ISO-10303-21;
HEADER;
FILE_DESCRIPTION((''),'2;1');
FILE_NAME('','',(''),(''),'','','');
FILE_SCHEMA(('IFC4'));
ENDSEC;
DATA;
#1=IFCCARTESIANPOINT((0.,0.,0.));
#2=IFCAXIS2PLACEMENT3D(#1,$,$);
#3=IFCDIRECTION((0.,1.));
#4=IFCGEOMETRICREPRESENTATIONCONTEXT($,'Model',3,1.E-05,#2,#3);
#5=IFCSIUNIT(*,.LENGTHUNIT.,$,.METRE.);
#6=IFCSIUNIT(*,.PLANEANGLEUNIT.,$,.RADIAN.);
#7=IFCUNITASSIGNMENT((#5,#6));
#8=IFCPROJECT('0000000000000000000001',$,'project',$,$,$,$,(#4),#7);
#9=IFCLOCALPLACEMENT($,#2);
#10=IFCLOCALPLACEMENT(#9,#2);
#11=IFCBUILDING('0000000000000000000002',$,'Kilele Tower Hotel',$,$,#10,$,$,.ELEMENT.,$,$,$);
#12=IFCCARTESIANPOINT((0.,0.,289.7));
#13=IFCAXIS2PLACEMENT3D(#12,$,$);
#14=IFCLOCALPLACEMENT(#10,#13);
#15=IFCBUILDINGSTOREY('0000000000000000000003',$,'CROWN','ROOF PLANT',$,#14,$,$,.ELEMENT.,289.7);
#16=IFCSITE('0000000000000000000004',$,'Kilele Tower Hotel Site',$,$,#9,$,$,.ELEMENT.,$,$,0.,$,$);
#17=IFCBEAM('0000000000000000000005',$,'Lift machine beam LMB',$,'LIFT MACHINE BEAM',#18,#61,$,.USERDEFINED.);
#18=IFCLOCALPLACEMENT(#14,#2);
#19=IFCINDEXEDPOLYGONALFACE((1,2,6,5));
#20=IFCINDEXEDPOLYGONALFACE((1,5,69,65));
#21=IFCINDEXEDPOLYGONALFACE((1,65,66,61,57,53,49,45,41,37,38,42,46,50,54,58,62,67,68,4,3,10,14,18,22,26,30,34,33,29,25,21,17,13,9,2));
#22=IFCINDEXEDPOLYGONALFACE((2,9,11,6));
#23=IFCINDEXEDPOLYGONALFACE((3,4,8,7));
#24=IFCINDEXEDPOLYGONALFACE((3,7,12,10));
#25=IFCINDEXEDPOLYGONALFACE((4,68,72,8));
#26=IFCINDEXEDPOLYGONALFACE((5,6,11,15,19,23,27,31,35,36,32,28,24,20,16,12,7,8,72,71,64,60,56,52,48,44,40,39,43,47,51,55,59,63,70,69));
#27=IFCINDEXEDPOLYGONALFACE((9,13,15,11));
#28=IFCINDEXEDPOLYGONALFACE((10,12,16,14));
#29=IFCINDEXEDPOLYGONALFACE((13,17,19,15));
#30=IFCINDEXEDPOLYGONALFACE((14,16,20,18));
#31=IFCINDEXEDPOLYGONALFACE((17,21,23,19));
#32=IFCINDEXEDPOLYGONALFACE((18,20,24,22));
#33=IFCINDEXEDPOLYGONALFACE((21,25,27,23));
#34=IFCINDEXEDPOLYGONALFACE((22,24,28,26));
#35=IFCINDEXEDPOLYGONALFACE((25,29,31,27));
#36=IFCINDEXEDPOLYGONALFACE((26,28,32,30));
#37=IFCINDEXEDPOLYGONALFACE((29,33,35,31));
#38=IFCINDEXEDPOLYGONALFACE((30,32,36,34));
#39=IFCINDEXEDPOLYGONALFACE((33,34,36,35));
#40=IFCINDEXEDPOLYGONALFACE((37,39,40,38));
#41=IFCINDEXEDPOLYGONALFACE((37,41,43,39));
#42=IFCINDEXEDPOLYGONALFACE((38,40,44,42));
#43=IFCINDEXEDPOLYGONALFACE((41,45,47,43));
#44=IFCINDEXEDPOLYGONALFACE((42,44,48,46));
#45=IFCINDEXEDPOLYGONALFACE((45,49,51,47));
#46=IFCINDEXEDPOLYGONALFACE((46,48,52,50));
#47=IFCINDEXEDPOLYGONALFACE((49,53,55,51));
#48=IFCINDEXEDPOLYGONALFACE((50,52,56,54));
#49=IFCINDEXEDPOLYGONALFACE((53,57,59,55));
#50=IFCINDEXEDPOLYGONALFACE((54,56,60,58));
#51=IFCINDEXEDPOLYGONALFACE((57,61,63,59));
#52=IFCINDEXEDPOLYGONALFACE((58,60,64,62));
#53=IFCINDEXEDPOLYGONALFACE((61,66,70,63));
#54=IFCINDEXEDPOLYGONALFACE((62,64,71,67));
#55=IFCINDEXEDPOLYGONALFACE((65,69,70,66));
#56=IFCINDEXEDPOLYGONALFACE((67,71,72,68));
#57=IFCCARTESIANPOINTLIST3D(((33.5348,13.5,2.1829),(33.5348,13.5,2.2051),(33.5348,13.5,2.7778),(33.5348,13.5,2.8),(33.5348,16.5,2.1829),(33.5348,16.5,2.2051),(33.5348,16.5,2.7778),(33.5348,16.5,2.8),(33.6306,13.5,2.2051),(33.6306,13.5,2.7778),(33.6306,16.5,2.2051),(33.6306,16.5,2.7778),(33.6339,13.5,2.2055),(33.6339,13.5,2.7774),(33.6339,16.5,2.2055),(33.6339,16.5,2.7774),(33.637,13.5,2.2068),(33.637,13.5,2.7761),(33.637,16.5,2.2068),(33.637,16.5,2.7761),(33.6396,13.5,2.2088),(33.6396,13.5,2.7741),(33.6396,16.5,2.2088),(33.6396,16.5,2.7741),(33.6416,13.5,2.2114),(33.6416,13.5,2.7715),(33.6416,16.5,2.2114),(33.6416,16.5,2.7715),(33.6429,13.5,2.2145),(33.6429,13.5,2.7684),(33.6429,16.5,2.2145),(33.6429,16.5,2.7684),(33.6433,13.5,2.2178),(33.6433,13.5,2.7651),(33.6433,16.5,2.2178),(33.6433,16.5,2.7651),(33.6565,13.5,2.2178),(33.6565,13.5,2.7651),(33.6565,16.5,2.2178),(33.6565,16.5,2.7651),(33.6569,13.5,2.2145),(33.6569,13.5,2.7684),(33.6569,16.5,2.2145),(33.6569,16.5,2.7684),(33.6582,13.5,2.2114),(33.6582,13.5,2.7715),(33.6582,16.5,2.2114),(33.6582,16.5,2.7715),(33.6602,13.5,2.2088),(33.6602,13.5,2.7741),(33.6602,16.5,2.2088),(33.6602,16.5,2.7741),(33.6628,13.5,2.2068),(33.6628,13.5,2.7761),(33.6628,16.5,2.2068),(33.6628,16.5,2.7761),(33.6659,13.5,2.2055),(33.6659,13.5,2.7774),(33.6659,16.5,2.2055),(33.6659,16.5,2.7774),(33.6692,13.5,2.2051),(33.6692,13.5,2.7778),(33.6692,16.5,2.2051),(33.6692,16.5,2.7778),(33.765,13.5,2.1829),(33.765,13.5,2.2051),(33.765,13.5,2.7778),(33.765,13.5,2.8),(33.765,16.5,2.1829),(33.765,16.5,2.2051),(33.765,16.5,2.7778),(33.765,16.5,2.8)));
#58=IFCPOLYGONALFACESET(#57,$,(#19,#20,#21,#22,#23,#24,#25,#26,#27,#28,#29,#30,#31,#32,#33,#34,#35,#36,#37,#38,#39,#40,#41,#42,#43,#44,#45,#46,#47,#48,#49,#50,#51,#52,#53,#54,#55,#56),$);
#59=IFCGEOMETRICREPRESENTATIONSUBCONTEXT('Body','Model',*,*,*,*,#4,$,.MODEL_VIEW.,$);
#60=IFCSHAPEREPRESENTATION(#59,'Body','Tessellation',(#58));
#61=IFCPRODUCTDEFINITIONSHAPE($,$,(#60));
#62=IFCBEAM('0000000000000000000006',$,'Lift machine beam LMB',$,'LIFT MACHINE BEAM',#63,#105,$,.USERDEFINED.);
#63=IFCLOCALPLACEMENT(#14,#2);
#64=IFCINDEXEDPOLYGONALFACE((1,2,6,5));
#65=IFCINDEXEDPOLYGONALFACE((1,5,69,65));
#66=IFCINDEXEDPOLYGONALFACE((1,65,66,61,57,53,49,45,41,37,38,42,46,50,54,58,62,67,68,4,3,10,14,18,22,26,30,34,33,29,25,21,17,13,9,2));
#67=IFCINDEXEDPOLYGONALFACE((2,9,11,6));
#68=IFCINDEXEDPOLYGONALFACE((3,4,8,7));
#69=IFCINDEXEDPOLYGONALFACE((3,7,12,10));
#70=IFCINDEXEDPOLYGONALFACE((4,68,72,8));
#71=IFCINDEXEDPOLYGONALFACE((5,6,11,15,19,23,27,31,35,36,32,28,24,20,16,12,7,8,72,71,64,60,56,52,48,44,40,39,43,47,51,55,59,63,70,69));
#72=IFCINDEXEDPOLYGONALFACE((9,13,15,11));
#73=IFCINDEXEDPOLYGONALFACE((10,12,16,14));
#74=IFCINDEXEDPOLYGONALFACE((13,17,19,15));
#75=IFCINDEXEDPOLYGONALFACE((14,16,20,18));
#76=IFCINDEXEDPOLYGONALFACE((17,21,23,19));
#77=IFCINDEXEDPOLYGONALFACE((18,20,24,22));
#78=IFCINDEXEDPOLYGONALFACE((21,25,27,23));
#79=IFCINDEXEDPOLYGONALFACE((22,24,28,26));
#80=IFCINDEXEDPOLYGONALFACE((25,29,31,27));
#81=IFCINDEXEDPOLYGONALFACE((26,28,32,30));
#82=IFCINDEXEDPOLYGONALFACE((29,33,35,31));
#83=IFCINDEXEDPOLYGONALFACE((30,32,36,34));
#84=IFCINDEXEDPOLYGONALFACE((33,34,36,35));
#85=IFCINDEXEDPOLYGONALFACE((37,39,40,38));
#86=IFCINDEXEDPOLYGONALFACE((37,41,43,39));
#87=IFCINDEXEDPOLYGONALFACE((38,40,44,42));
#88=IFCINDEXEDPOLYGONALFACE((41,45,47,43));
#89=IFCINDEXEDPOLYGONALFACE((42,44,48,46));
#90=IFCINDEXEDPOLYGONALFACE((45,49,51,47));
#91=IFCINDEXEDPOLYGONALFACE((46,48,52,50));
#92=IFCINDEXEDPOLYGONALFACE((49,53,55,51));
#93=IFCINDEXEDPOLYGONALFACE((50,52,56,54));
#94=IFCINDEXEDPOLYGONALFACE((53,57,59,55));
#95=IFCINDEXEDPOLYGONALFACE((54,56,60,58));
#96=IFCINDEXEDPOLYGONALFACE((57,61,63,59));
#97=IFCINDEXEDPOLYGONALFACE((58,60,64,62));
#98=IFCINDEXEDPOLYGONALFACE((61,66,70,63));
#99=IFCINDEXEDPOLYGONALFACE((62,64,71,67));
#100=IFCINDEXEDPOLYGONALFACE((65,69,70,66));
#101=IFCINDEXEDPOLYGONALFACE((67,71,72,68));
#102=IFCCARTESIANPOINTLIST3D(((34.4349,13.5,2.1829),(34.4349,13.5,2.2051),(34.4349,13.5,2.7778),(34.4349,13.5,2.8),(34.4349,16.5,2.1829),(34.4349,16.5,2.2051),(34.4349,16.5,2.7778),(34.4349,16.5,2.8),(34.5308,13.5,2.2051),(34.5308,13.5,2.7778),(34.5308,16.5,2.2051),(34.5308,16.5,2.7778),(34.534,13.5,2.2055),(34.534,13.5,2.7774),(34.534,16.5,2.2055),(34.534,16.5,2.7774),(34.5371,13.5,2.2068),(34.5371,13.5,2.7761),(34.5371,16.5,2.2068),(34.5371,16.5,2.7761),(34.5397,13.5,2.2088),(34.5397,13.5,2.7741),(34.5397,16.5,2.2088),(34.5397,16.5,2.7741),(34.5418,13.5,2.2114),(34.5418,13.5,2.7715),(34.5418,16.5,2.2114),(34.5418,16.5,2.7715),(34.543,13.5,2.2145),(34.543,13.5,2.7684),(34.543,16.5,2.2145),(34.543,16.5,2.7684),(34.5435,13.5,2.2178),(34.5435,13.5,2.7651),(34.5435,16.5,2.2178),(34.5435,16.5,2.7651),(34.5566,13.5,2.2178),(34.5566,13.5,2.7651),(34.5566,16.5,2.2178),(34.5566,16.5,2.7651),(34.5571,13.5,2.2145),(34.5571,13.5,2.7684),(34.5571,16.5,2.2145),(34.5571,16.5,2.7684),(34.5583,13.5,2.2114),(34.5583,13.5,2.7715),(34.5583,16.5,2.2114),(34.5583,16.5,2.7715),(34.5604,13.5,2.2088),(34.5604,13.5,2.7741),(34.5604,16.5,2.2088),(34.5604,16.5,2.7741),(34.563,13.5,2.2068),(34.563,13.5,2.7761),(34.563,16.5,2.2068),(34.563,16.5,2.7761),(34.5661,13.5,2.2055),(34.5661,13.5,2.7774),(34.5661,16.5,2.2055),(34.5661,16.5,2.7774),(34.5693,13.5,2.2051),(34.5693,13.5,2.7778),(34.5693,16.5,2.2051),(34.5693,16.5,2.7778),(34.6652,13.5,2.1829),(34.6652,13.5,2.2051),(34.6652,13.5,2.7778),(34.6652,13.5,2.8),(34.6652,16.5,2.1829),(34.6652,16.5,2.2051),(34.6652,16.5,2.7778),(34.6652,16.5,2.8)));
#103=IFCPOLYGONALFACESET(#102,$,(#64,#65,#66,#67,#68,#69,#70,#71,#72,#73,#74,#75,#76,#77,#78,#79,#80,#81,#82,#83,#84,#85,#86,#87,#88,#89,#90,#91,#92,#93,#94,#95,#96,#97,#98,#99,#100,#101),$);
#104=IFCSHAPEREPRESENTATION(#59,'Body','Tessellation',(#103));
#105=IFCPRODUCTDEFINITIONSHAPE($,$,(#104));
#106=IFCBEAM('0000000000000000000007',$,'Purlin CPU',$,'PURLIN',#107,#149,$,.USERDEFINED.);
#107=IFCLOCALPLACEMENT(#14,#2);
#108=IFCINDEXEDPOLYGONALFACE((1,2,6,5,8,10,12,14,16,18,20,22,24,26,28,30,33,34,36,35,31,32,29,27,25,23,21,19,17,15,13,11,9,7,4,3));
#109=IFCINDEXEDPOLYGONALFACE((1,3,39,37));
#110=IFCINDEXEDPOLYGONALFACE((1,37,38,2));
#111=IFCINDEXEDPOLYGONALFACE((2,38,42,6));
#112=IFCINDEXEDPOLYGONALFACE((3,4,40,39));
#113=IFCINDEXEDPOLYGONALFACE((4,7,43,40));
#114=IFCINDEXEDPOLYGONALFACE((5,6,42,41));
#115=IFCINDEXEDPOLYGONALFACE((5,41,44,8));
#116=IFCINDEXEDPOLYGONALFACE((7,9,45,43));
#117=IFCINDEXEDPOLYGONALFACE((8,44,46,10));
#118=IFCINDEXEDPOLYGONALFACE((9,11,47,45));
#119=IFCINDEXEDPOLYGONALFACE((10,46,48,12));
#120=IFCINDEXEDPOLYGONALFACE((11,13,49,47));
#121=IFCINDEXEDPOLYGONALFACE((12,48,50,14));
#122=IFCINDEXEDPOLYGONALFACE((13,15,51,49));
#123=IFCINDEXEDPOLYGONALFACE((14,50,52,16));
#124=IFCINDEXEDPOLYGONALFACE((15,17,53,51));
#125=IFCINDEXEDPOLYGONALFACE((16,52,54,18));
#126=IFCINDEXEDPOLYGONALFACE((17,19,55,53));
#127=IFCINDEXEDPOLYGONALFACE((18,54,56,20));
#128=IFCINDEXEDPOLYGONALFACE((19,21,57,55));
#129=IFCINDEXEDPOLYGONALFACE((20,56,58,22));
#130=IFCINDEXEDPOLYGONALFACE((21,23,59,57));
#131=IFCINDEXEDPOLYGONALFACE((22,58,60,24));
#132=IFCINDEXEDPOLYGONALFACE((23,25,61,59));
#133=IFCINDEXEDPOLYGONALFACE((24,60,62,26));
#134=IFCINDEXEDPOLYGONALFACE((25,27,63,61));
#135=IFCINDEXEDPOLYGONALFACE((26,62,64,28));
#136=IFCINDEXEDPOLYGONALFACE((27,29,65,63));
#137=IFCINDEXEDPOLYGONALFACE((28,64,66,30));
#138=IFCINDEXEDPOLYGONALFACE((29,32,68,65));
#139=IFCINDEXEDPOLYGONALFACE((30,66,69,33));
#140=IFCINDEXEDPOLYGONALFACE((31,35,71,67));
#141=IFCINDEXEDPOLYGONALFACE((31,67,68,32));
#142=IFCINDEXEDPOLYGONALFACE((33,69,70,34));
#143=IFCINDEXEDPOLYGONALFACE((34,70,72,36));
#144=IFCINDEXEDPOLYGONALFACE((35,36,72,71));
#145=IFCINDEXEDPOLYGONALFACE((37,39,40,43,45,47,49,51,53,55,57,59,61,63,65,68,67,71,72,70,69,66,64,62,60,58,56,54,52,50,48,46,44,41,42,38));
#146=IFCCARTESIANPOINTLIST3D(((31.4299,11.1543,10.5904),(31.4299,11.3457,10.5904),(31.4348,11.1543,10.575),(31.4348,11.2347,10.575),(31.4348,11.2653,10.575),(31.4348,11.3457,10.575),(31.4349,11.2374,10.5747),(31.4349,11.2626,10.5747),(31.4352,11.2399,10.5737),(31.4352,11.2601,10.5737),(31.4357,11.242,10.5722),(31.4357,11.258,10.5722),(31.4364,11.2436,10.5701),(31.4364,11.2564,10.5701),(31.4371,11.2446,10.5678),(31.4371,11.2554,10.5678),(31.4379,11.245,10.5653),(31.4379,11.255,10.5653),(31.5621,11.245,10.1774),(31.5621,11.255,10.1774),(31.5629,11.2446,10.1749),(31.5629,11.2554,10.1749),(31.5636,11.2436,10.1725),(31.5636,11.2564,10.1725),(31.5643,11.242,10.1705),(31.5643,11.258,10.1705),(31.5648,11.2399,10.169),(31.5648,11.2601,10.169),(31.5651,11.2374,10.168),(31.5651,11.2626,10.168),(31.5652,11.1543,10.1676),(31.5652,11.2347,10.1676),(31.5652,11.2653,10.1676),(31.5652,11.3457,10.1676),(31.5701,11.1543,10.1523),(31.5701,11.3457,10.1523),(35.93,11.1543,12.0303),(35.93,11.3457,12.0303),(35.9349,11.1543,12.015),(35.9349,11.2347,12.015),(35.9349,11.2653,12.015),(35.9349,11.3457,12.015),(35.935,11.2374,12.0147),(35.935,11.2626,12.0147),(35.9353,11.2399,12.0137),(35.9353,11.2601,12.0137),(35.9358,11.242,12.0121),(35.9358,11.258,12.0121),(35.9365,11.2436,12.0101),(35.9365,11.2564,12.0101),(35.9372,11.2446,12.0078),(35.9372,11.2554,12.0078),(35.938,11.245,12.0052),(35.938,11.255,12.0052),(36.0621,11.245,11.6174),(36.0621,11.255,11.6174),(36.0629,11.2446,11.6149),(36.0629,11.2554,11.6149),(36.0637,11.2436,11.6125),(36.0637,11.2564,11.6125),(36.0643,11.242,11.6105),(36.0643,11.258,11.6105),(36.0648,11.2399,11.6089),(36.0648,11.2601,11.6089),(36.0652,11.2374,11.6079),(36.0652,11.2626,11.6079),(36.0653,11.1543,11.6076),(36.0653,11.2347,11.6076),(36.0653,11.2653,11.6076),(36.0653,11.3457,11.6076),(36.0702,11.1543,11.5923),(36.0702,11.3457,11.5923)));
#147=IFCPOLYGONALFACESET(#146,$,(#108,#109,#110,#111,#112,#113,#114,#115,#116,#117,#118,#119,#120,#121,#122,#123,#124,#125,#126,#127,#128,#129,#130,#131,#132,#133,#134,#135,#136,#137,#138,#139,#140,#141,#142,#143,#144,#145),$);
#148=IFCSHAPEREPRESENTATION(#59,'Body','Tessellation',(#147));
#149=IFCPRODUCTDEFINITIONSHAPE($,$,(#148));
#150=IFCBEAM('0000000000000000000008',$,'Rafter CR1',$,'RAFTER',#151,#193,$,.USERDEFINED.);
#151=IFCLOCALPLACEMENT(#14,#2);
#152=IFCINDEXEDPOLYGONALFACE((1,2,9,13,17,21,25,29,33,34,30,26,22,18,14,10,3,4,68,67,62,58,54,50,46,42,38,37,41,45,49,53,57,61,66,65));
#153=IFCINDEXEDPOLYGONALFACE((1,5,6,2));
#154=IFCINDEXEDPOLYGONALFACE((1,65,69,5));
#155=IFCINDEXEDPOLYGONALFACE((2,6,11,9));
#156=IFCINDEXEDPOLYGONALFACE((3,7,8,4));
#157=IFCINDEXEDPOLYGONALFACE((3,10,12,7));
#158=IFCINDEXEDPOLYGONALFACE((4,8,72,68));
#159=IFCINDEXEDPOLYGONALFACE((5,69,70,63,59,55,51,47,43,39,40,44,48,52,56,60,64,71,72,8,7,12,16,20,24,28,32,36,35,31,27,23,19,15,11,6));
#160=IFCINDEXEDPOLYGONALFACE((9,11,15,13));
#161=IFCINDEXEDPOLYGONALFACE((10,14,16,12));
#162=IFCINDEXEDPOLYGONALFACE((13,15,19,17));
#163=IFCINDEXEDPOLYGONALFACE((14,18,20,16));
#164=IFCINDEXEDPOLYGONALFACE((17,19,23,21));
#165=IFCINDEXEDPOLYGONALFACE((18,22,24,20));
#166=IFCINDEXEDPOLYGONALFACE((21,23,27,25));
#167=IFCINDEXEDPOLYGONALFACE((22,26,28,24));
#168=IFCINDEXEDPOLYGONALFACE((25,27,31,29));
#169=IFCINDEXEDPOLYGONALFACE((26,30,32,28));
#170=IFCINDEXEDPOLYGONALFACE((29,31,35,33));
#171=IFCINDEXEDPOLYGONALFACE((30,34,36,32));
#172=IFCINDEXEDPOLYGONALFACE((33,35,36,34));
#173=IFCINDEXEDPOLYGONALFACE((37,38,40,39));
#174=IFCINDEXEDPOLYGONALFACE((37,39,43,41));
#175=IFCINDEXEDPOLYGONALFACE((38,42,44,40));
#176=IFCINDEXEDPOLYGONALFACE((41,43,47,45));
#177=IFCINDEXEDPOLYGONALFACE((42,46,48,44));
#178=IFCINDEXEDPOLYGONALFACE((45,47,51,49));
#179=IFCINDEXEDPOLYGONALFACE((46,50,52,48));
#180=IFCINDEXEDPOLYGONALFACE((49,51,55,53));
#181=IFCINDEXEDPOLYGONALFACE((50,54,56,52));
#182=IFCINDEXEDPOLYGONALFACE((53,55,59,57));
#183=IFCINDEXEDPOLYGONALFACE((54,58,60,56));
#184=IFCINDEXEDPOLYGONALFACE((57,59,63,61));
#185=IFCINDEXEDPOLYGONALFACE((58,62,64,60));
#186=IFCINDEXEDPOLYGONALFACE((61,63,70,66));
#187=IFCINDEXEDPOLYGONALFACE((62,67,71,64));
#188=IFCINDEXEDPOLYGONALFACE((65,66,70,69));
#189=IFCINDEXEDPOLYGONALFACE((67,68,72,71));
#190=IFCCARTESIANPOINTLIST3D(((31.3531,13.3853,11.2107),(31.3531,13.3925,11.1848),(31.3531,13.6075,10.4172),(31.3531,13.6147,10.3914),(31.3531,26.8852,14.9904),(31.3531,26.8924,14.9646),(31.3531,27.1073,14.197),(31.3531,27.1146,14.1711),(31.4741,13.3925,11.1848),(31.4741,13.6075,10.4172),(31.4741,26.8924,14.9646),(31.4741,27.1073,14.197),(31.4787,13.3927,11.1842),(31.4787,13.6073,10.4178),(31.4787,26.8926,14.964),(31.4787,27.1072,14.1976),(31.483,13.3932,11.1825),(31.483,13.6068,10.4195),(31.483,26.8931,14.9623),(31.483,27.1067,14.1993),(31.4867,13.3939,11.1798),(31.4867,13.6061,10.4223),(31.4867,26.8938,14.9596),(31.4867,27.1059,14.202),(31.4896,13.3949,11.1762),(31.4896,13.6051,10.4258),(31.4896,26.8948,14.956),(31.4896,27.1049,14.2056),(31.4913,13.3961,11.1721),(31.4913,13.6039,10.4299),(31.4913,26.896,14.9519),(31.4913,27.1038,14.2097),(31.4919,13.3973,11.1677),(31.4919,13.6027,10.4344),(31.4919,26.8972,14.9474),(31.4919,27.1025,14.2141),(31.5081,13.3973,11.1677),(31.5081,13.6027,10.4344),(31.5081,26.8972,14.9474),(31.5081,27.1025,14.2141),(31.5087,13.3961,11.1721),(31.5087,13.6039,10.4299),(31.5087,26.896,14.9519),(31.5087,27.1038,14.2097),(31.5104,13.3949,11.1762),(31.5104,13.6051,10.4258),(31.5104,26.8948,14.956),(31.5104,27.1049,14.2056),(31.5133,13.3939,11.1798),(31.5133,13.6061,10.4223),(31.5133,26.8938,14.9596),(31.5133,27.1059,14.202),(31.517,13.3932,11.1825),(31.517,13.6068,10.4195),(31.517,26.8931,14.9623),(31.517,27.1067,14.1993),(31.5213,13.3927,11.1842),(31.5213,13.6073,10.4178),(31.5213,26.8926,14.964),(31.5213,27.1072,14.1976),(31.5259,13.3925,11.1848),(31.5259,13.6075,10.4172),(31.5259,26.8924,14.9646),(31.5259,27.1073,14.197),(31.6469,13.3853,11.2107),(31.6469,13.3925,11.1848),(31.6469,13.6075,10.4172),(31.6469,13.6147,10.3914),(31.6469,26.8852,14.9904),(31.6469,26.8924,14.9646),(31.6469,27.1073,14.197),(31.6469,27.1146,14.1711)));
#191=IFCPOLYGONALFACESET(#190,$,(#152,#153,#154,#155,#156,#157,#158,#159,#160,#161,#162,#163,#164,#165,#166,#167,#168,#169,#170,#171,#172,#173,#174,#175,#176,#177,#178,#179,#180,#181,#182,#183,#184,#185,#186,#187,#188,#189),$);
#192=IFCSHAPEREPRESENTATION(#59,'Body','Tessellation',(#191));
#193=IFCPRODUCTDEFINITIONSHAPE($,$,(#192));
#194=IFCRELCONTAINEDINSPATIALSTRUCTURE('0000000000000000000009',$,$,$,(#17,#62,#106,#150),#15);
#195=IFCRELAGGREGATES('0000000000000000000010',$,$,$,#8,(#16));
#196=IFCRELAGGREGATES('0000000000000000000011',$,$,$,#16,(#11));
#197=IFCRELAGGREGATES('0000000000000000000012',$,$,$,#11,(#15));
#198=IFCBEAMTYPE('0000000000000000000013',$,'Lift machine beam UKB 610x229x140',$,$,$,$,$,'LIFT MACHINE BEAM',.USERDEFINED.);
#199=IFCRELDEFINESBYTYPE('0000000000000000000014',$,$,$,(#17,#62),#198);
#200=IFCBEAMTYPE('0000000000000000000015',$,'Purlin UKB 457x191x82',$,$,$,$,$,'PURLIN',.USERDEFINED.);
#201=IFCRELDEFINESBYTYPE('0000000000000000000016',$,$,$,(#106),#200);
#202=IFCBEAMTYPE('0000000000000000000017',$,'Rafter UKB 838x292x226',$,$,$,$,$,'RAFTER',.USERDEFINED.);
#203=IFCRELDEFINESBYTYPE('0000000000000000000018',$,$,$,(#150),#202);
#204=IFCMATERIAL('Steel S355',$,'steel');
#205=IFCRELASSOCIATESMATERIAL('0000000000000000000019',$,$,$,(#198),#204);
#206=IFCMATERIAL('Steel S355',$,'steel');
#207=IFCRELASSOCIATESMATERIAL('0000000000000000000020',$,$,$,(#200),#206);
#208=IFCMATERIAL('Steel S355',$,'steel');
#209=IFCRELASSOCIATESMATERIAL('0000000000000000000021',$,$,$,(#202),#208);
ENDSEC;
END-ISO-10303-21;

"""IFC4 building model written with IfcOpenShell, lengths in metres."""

from ifc_helpers import new_model, si_unit, direction, frame, origin, origin_2d, place, context, subcontext, project, spatial, i_section, extrude, material, material_profile, profile_set, type_object, element, save


model = new_model("IFC4")

# Units and contexts
model_context = context("Model", 3, precision=1e-05, world=origin(), true_north=direction((0.0, 1.0)))
body_context = subcontext(model_context, "Body", "Model", "MODEL_VIEW")
ifc_project = project(units=[si_unit("LENGTHUNIT", "METRE"), si_unit("PLANEANGLEUNIT", "RADIAN")], contexts=[model_context])

# Site, building, storey
site_placement = place(None, origin())
site = spatial("IfcSite", under=ifc_project, at=site_placement, Name="Kilele Tower Hotel Site", CompositionType="ELEMENT", RefElevation=0.0)
building_placement = place(site_placement, origin())
building = spatial("IfcBuilding", under=site, at=building_placement, Name="Kilele Tower Hotel", CompositionType="ELEMENT")
storey_placement = place(building_placement, frame((0.0, 0.0, 289.7)))
storey = spatial("IfcBuildingStorey", under=building, at=storey_placement, Name="CROWN", Description="ROOF PLANT", CompositionType="ELEMENT", Elevation=289.7)

# Beams
ifc_material_1 = material(Name="Steel S355", Category="steel")
ifc_material_profile_1 = material_profile(ifc_material_1, i_section(OverallWidth=0.2302, OverallDepth=0.6172, WebThickness=0.0132, FlangeThickness=0.0222, FilletRadius=0.0127, at=origin_2d()))
ifc_profile_set_1 = profile_set([ifc_material_profile_1], Name="Steel S355")
beam_type_1 = type_object("IfcBeamType", Name="Lift machine beam UKB 610x229x140", ElementType="LIFT MACHINE BEAM", PredefinedType="USERDEFINED", material=ifc_profile_set_1)
for number, where, z_axis, x_axis, name in (
    (1, (33.6499, 13.5, 2.4915), (0.0, 1.0, 0.0), (-1.0, 0.0, 0.0), "Lift machine beam LMB"),
    (2, (34.55, 13.5, 2.4915), (0.0, 1.0, 0.0), (-1.0, 0.0, 0.0), "Lift machine beam LMB"),
):
    element("IfcBeam", number, at=place(storey_placement, frame(where, z_axis=z_axis, x_axis=x_axis)), inside=storey, type_object=beam_type_1, Name=name, ObjectType="LIFT MACHINE BEAM", PredefinedType="USERDEFINED", context=body_context, shape_type="SweptSolid", body=[
        extrude(i_section(OverallWidth=0.2302, OverallDepth=0.6172, WebThickness=0.0132, FlangeThickness=0.0222, FilletRadius=0.0127, at=origin_2d()), origin(), (0.0, 0.0, 1.0), 3.0),
    ])
ifc_material_2 = material(Name="Steel S355", Category="steel")
ifc_material_profile_2 = material_profile(ifc_material_2, i_section(OverallWidth=0.1914, OverallDepth=0.46, WebThickness=0.01, FlangeThickness=0.0161, FilletRadius=0.0103, at=origin_2d()))
ifc_profile_set_2 = profile_set([ifc_material_profile_2], Name="Steel S355")
beam_type_2 = type_object("IfcBeamType", Name="Purlin UKB 457x191x82", ElementType="PURLIN", PredefinedType="USERDEFINED", material=ifc_profile_set_2)
beam_1_placement = place(storey_placement, frame((31.5, 11.25, 10.3713), z_axis=(0.952428, 0.0, 0.304764), x_axis=(0.0, 1.0, 0.0)))
element("IfcBeam", 3, at=beam_1_placement, inside=storey, type_object=beam_type_2, Name="Purlin CPU", ObjectType="PURLIN", PredefinedType="USERDEFINED", context=body_context, shape_type="SweptSolid", body=[
    extrude(i_section(OverallWidth=0.1914, OverallDepth=0.46, WebThickness=0.01, FlangeThickness=0.0161, FilletRadius=0.0103, at=origin_2d()), origin(), (0.0, 0.0, 1.0), 4.7249),
])
ifc_material_3 = material(Name="Steel S355", Category="steel")
ifc_material_profile_3 = material_profile(ifc_material_3, i_section(OverallWidth=0.2937, OverallDepth=0.8508, WebThickness=0.0161, FlangeThickness=0.0269, FilletRadius=0.0178, at=origin_2d()))
ifc_profile_set_3 = profile_set([ifc_material_profile_3], Name="Steel S355")
beam_type_3 = type_object("IfcBeamType", Name="Rafter UKB 838x292x226", ElementType="RAFTER", PredefinedType="USERDEFINED", material=ifc_profile_set_3)
beam_2_placement = place(storey_placement, frame((31.5, 13.5, 10.801), z_axis=(0.0, 0.962968, 0.269616), x_axis=(-1.0, 0.0, 0.0)))
element("IfcBeam", 4, at=beam_2_placement, inside=storey, type_object=beam_type_3, Name="Rafter CR1", ObjectType="RAFTER", PredefinedType="USERDEFINED", context=body_context, shape_type="SweptSolid", body=[
    extrude(i_section(OverallWidth=0.2937, OverallDepth=0.8508, WebThickness=0.0161, FlangeThickness=0.0269, FilletRadius=0.0178, at=origin_2d()), origin(), (0.0, 0.0, 1.0), 14.019),
])

save(model, "model.ifc")
